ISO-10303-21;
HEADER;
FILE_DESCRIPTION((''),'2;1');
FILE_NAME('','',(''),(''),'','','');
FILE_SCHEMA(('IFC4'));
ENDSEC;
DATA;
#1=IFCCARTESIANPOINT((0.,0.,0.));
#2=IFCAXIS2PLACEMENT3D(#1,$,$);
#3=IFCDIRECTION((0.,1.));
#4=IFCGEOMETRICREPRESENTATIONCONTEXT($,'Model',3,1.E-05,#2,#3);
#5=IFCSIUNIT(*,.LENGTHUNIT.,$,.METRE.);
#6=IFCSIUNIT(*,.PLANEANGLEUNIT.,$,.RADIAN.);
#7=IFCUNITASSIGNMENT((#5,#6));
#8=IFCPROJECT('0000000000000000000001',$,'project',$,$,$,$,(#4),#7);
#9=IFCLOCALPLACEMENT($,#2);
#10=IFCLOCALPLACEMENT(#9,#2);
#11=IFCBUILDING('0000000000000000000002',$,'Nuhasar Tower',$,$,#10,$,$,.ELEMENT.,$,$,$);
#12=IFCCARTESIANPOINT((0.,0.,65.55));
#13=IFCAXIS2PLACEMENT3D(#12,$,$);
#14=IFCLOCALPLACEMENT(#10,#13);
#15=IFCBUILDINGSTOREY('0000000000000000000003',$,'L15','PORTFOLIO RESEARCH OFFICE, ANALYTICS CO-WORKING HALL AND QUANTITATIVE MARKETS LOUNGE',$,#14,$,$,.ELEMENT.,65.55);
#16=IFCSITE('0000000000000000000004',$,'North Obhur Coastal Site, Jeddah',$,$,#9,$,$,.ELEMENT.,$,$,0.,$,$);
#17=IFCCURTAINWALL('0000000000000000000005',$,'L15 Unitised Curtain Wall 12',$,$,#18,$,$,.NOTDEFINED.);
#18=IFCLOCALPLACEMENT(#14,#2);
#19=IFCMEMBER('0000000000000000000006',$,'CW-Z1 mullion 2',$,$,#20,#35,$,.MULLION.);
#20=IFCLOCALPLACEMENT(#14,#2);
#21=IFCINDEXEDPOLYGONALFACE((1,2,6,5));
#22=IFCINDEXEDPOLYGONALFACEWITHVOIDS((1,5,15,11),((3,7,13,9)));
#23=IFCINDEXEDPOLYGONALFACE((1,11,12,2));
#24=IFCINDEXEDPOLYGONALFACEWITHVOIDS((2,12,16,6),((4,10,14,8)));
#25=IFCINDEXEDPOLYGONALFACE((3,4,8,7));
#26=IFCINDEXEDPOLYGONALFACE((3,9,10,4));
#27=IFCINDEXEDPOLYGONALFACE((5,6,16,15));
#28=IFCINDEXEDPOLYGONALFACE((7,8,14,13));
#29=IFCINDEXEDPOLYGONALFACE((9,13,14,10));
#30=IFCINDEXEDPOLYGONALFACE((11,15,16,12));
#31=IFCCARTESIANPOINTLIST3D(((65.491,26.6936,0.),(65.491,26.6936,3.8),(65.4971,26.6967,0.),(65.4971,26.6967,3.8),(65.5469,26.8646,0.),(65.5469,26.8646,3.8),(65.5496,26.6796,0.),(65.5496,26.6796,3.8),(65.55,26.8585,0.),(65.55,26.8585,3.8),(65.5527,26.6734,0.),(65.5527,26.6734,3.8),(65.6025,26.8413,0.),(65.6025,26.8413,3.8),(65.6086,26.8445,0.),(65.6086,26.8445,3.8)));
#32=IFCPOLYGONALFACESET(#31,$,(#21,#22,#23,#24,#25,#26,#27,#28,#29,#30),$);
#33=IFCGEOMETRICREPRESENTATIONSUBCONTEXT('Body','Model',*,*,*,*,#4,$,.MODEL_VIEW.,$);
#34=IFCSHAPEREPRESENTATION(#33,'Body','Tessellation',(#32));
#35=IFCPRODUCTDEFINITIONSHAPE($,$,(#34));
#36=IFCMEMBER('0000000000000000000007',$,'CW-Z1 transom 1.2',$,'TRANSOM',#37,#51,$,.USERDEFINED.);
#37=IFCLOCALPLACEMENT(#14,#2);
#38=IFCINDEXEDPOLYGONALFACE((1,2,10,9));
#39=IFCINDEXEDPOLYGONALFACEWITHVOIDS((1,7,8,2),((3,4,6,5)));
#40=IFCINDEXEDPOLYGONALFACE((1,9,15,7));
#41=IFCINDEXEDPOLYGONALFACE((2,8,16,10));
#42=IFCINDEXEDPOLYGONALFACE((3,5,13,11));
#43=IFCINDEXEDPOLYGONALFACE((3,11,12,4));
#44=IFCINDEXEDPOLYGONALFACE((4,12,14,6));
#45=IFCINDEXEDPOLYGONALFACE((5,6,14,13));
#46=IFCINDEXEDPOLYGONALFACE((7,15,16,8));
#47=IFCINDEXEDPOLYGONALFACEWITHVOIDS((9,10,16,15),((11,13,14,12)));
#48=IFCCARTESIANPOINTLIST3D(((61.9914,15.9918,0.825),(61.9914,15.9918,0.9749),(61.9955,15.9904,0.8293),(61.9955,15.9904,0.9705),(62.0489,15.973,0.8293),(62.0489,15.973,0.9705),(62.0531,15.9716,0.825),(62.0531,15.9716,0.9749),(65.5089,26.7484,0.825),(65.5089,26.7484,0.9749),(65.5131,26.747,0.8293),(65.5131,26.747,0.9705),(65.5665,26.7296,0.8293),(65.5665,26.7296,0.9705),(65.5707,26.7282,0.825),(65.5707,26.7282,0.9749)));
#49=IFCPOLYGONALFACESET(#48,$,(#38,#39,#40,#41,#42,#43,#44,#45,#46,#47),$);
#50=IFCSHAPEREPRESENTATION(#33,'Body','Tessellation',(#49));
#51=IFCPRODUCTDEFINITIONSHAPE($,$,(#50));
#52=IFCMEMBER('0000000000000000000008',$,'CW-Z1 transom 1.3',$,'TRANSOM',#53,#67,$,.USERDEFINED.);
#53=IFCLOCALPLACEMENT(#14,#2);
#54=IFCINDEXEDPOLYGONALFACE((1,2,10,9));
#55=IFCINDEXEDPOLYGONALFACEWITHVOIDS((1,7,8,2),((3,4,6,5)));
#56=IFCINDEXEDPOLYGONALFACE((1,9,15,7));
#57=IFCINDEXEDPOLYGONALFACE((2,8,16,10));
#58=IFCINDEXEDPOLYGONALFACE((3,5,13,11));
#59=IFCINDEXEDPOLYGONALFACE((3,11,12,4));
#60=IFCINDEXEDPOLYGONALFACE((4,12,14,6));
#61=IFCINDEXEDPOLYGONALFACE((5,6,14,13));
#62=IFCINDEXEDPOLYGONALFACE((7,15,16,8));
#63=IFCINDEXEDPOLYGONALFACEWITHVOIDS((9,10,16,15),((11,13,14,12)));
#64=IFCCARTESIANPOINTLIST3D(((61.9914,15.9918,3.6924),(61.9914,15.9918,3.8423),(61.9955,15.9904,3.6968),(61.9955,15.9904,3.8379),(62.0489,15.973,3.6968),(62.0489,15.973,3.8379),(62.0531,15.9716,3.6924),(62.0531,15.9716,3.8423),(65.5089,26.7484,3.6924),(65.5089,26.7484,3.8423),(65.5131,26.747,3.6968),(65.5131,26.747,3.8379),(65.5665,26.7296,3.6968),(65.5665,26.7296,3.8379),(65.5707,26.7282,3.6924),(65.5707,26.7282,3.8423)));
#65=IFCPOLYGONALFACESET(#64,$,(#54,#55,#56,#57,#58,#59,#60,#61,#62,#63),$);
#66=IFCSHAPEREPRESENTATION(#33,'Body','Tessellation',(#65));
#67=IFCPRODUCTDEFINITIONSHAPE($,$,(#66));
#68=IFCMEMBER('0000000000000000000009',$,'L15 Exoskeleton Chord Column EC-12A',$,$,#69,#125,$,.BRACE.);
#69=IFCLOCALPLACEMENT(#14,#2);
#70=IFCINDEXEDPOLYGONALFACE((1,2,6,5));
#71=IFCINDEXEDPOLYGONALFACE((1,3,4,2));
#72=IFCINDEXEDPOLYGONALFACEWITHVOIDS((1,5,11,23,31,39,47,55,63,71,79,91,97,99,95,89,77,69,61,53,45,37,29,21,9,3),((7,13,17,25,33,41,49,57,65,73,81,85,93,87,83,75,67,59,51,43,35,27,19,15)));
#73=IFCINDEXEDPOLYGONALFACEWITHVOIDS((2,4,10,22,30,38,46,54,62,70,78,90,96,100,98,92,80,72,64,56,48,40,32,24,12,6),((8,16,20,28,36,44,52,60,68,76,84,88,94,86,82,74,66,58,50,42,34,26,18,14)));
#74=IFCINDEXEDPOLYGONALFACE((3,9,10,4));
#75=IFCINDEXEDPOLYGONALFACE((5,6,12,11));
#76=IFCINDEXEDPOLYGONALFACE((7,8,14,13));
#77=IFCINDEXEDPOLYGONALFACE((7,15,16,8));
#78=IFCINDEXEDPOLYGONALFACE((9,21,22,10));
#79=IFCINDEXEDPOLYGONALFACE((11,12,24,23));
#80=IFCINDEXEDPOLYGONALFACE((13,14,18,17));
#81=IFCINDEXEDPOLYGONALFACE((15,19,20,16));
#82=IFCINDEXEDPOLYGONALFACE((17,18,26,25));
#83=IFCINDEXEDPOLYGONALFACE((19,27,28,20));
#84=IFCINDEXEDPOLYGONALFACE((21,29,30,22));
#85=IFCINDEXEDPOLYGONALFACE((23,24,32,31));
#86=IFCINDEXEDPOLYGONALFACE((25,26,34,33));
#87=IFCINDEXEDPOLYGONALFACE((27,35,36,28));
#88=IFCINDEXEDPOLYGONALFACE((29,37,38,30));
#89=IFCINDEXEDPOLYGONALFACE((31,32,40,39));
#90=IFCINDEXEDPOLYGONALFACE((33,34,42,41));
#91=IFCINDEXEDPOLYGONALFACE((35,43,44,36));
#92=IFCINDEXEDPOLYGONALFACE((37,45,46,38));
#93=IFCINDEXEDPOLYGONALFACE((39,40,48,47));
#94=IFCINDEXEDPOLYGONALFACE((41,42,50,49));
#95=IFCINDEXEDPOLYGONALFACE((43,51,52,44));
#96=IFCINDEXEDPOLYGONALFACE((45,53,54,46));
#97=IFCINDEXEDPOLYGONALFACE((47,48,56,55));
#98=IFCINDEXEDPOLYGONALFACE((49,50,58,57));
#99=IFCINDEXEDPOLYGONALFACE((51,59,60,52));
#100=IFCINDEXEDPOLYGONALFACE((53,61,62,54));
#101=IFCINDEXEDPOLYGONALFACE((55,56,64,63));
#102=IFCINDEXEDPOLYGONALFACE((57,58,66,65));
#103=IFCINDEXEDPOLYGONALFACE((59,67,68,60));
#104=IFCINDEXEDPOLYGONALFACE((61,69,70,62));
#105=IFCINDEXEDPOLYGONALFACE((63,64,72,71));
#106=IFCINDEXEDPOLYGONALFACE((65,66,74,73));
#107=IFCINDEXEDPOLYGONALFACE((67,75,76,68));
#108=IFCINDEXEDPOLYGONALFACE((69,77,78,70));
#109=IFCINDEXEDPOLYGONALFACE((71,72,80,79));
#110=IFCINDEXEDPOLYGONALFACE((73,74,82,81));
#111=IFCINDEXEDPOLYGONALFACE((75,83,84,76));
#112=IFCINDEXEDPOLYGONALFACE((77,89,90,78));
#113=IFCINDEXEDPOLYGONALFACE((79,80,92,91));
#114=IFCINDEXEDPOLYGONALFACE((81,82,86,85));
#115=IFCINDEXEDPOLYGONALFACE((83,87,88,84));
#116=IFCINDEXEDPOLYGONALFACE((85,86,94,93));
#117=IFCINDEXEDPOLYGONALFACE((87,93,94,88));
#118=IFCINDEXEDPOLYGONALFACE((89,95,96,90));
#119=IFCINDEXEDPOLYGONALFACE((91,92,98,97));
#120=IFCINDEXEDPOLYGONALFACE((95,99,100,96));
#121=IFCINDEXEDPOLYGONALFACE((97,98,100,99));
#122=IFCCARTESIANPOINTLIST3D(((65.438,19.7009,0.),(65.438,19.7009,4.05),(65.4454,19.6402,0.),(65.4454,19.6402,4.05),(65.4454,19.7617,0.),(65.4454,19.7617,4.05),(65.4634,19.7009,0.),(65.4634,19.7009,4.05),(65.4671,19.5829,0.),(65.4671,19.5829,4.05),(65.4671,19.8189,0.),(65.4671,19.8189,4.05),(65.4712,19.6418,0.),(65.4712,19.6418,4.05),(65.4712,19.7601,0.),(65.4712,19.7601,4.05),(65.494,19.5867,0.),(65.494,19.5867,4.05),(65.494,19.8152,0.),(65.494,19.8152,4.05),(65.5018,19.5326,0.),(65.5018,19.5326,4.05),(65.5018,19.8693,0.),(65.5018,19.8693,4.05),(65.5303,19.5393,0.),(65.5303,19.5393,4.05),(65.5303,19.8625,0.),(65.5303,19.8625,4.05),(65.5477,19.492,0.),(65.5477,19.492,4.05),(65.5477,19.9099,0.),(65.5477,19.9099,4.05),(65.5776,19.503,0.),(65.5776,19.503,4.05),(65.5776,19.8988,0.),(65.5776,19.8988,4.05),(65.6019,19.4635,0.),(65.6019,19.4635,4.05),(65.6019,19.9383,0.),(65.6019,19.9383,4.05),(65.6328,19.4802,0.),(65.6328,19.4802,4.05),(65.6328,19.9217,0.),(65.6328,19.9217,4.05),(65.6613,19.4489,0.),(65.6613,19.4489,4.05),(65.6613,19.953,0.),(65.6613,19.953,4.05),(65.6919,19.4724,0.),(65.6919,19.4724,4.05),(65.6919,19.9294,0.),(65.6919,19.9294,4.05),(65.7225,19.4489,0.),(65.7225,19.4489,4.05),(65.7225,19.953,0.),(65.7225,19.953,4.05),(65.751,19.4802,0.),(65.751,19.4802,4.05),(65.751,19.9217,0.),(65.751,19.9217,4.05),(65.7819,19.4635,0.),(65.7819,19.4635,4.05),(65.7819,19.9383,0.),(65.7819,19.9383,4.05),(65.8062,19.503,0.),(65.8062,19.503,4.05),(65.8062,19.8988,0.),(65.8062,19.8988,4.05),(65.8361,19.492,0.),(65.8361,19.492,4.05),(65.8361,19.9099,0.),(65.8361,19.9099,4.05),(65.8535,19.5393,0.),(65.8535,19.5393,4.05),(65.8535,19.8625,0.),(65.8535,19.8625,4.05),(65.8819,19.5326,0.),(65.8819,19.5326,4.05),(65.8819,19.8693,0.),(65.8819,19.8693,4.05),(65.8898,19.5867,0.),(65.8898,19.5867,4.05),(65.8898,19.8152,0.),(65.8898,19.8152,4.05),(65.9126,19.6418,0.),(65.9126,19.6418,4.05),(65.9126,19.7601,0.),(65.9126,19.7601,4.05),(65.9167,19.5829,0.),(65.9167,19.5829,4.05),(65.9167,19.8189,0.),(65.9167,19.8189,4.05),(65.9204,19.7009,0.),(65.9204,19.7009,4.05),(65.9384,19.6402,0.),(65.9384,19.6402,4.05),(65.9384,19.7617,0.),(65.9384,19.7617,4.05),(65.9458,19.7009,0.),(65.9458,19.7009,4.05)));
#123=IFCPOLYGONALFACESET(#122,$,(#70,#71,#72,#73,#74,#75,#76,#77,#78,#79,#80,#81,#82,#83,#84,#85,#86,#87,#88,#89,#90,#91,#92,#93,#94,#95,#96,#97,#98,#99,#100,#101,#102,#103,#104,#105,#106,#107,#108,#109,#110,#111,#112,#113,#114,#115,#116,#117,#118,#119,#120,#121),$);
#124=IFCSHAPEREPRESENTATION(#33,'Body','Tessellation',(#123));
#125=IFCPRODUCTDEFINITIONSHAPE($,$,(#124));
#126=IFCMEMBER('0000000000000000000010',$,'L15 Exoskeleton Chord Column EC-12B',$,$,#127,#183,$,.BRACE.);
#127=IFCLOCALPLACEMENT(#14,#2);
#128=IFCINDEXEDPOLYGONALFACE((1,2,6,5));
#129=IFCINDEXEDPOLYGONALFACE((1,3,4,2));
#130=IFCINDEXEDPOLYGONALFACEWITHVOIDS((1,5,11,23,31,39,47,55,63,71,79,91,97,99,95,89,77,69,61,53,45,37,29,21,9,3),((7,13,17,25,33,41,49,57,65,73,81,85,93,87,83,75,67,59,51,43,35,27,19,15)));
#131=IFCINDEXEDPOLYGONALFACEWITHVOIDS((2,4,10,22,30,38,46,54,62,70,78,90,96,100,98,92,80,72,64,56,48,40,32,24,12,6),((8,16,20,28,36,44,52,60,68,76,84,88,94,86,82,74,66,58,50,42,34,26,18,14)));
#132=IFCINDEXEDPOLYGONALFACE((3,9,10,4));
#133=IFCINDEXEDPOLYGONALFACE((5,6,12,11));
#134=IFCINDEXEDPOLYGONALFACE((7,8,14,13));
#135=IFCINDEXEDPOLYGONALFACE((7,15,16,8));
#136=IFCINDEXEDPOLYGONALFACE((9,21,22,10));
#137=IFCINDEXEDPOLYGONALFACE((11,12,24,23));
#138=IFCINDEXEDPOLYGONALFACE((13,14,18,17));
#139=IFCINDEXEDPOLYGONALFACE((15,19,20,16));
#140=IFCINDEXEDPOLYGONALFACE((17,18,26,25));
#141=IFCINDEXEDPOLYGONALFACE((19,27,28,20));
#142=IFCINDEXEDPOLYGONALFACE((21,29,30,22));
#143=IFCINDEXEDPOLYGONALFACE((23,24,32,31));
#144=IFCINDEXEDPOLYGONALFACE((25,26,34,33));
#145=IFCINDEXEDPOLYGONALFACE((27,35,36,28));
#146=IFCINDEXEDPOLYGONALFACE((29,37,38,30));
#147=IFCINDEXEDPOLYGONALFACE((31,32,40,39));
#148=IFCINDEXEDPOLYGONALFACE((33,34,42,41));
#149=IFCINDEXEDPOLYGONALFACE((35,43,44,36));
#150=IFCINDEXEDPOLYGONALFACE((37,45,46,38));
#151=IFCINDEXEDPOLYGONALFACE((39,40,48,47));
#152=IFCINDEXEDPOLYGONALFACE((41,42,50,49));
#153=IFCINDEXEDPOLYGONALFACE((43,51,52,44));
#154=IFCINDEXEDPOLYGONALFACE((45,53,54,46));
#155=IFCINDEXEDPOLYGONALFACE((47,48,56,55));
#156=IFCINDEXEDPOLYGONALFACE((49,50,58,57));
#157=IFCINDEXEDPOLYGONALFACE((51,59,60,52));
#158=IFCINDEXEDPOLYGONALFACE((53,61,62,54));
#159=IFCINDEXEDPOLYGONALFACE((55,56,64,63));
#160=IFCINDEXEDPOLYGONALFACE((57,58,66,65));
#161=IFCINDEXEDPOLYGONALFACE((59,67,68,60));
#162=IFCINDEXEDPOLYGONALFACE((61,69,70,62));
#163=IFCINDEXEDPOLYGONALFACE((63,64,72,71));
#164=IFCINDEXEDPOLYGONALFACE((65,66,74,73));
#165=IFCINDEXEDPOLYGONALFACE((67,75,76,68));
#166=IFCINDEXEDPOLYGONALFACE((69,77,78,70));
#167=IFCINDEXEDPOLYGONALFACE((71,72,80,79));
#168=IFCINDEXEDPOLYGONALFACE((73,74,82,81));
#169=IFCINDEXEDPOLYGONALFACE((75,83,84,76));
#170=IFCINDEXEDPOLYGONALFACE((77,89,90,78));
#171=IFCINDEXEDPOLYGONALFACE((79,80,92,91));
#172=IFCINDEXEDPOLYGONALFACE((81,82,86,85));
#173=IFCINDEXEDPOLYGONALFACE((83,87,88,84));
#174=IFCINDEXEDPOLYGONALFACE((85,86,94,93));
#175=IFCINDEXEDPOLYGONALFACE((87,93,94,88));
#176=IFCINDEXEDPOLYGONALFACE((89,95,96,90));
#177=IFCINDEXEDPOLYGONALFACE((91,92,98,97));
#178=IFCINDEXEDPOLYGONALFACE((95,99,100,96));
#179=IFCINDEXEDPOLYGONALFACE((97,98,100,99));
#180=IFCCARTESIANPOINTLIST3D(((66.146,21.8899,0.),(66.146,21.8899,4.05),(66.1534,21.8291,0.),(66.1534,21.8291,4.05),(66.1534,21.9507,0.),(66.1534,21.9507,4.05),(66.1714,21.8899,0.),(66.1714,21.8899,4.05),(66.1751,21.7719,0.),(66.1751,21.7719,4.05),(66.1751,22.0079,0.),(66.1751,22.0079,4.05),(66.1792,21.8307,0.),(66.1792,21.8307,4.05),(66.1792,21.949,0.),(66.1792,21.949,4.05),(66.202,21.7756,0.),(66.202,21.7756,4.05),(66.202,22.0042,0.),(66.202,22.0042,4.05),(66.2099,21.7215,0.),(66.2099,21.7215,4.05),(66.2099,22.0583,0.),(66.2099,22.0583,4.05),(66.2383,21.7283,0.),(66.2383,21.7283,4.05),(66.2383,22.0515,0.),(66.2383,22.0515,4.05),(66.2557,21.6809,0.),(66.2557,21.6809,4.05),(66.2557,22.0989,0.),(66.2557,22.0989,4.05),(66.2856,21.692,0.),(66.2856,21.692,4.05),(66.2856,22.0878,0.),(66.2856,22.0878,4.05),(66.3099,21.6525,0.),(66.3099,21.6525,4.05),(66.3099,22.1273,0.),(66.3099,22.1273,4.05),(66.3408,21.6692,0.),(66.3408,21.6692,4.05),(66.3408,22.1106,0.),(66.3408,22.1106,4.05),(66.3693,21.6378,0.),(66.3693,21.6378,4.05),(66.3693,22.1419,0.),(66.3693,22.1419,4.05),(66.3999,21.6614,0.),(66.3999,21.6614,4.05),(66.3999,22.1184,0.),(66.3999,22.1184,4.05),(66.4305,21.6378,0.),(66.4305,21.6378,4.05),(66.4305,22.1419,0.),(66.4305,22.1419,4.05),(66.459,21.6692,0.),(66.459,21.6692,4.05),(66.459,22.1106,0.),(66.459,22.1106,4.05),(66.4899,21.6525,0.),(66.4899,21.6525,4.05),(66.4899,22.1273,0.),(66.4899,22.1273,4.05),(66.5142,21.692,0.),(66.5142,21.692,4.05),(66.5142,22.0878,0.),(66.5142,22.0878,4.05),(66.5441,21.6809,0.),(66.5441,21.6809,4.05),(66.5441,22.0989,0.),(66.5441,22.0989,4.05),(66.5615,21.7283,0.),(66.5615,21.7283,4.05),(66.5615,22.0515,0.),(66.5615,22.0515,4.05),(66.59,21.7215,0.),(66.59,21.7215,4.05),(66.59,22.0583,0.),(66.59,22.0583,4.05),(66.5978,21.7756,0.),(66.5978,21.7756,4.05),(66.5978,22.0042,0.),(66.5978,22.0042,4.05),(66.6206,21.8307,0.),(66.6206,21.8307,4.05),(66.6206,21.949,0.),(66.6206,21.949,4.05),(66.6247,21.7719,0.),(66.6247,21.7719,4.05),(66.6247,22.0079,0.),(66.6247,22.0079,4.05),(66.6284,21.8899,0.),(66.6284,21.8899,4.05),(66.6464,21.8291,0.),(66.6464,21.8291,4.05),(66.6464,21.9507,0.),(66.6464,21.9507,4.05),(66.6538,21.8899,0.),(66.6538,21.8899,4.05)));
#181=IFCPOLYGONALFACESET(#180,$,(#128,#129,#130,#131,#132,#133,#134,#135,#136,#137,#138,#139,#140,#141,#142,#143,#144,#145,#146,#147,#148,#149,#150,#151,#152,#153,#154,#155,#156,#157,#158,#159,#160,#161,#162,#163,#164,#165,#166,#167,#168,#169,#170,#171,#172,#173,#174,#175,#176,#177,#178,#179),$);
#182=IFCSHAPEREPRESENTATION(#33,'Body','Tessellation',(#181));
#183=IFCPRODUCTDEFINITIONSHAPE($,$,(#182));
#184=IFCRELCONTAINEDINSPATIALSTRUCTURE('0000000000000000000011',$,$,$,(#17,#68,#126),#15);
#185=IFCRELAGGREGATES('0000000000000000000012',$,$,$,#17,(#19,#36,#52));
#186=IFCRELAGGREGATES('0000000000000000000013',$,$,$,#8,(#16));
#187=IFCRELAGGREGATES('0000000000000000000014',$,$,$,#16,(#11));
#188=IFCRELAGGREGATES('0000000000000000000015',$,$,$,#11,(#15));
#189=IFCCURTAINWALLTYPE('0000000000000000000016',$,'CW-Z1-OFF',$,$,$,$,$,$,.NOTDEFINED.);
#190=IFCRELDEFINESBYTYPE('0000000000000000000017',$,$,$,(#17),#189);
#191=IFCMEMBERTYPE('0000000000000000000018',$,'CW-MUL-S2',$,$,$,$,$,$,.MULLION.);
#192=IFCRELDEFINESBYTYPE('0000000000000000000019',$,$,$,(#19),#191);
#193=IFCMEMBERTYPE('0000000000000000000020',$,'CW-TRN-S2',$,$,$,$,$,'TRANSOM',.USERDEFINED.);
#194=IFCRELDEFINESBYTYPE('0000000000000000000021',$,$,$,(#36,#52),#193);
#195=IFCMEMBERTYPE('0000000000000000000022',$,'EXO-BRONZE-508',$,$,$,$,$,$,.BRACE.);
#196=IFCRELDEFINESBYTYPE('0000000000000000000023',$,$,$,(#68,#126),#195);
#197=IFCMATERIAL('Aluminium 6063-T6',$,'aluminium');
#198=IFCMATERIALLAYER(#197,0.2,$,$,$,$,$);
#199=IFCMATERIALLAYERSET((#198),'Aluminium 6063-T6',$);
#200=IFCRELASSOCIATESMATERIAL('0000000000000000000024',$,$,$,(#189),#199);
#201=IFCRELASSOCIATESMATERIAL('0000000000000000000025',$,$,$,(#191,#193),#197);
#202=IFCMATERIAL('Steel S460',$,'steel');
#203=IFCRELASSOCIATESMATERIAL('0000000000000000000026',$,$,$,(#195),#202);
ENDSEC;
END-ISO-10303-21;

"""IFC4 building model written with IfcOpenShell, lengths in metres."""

from ifc_helpers import new_model, si_unit, direction, frame, origin, origin_2d, place, context, subcontext, project, spatial, hollow_rectangle, hollow_circle, extrude, material, layer, layer_set, material_profile, profile_set, type_object, element, aggregate, save


model = new_model("IFC4")

# Units and contexts
model_context = context("Model", 3, precision=1e-05, world=origin(), true_north=direction((0.0, 1.0)))
body_context = subcontext(model_context, "Body", "Model", "MODEL_VIEW")
ifc_project = project(units=[si_unit("LENGTHUNIT", "METRE"), si_unit("PLANEANGLEUNIT", "RADIAN")], contexts=[model_context])

# Site, building, storey
site_placement = place(None, origin())
site = spatial("IfcSite", under=ifc_project, at=site_placement, Name="North Obhur Coastal Site, Jeddah", CompositionType="ELEMENT", RefElevation=0.0)
building_placement = place(site_placement, origin())
building = spatial("IfcBuilding", under=site, at=building_placement, Name="Nuhasar Tower", CompositionType="ELEMENT")
storey_placement = place(building_placement, frame((0.0, 0.0, 65.55)))
storey = spatial("IfcBuildingStorey", under=building, at=storey_placement, Name="L15", Description="PORTFOLIO RESEARCH OFFICE, ANALYTICS CO-WORKING HALL AND QUANTITATIVE MARKETS LOUNGE", CompositionType="ELEMENT", Elevation=65.55)

# Curtain wall, members
ifc_material_1 = material(Name="Aluminium 6063-T6", Category="aluminium")
ifc_layer_1 = layer(ifc_material_1, 0.2)
ifc_layer_set_1 = layer_set([ifc_layer_1], Name="Aluminium 6063-T6")
curtain_wall_type = type_object("IfcCurtainWallType", Name="CW-Z1-OFF", PredefinedType="NOTDEFINED", material=ifc_layer_set_1)
curtain_wall_placement = place(storey_placement, origin())
curtain_wall = element("IfcCurtainWall", 1, at=curtain_wall_placement, inside=storey, type_object=curtain_wall_type, Name="L15 Unitised Curtain Wall 12", PredefinedType="NOTDEFINED")
ifc_material_profile_1 = material_profile(ifc_material_1, hollow_rectangle(XDim=0.0649, YDim=0.1799, WallThickness=0.0049, at=origin_2d()), Name="CWM-2")
ifc_profile_set_1 = profile_set([ifc_material_profile_1], Name="Aluminium 6063-T6")
member_type_1 = type_object("IfcMemberType", Name="CW-MUL-S2", PredefinedType="MULLION", material=ifc_profile_set_1)
member_1_placement = place(storey_placement, frame((65.5498, 26.769, 0.0), z_axis=(0.0, 0.0, 1.0), x_axis=(-0.950468, 0.310824, 0.0)))
member_1 = element("IfcMember", 2, at=member_1_placement, type_object=member_type_1, Name="CW-Z1 mullion 2", PredefinedType="MULLION", context=body_context, shape_type="SweptSolid", body=[
    extrude(hollow_rectangle(XDim=0.0649, YDim=0.1799, WallThickness=0.0049, at=origin_2d()), origin(), (0.0, 0.0, 1.0), 3.8),
])
ifc_material_profile_2 = material_profile(ifc_material_1, hollow_rectangle(XDim=0.0649, YDim=0.1499, WallThickness=0.0044, at=origin_2d()), Name="CWT-2")
ifc_profile_set_2 = profile_set([ifc_material_profile_2], Name="Aluminium 6063-T6")
member_type_2 = type_object("IfcMemberType", Name="CW-TRN-S2", ElementType="TRANSOM", PredefinedType="USERDEFINED", material=ifc_profile_set_2)
member_2_placement = place(storey_placement, frame((62.0222, 15.9817, 0.8999), z_axis=(0.310819, 0.950469, 0.0), x_axis=(-0.950469, 0.310819, 0.0)))
member_2 = element("IfcMember", 3, at=member_2_placement, type_object=member_type_2, Name="CW-Z1 transom 1.2", ObjectType="TRANSOM", PredefinedType="USERDEFINED", context=body_context, shape_type="SweptSolid", body=[
    extrude(hollow_rectangle(XDim=0.0649, YDim=0.1499, WallThickness=0.0044, at=origin_2d()), origin(), (0.0, 0.0, 1.0), 11.3171),
])
member_3_placement = place(storey_placement, frame((62.0222, 15.9817, 3.7673), z_axis=(0.310819, 0.950469, 0.0), x_axis=(-0.950469, 0.310819, 0.0)))
member_3 = element("IfcMember", 4, at=member_3_placement, type_object=member_type_2, Name="CW-Z1 transom 1.3", ObjectType="TRANSOM", PredefinedType="USERDEFINED", context=body_context, shape_type="SweptSolid", body=[
    extrude(hollow_rectangle(XDim=0.0649, YDim=0.1499, WallThickness=0.0044, at=origin_2d()), origin(), (0.0, 0.0, 1.0), 11.3171),
])

# Members
ifc_material_2 = material(Name="Steel S460", Category="steel")
ifc_material_profile_3 = material_profile(ifc_material_2, hollow_circle(Radius=0.2539, WallThickness=0.0254, at=origin_2d()), Name="HSS508X25.4")
ifc_profile_set_3 = profile_set([ifc_material_profile_3], Name="Steel S460")
member_type_3 = type_object("IfcMemberType", Name="EXO-BRONZE-508", PredefinedType="BRACE", material=ifc_profile_set_3)
for number, where, z_axis, x_axis, name in (
    (5, (65.6919, 19.7009, 0.0), (0.0, 0.0, 1.0), (1.0, 0.0, 0.0), "L15 Exoskeleton Chord Column EC-12A"),
    (6, (66.3999, 21.8899, 0.0), (0.0, 0.0, 1.0), (1.0, 0.0, 0.0), "L15 Exoskeleton Chord Column EC-12B"),
):
    element("IfcMember", number, at=place(storey_placement, frame(where, z_axis=z_axis, x_axis=x_axis)), inside=storey, type_object=member_type_3, Name=name, PredefinedType="BRACE", context=body_context, shape_type="SweptSolid", body=[
        extrude(hollow_circle(Radius=0.2539, WallThickness=0.0254, at=origin_2d()), origin(), (0.0, 0.0, 1.0), 4.05),
    ])

aggregate(curtain_wall, [member_1, member_2, member_3])

save(model, "model.ifc")
